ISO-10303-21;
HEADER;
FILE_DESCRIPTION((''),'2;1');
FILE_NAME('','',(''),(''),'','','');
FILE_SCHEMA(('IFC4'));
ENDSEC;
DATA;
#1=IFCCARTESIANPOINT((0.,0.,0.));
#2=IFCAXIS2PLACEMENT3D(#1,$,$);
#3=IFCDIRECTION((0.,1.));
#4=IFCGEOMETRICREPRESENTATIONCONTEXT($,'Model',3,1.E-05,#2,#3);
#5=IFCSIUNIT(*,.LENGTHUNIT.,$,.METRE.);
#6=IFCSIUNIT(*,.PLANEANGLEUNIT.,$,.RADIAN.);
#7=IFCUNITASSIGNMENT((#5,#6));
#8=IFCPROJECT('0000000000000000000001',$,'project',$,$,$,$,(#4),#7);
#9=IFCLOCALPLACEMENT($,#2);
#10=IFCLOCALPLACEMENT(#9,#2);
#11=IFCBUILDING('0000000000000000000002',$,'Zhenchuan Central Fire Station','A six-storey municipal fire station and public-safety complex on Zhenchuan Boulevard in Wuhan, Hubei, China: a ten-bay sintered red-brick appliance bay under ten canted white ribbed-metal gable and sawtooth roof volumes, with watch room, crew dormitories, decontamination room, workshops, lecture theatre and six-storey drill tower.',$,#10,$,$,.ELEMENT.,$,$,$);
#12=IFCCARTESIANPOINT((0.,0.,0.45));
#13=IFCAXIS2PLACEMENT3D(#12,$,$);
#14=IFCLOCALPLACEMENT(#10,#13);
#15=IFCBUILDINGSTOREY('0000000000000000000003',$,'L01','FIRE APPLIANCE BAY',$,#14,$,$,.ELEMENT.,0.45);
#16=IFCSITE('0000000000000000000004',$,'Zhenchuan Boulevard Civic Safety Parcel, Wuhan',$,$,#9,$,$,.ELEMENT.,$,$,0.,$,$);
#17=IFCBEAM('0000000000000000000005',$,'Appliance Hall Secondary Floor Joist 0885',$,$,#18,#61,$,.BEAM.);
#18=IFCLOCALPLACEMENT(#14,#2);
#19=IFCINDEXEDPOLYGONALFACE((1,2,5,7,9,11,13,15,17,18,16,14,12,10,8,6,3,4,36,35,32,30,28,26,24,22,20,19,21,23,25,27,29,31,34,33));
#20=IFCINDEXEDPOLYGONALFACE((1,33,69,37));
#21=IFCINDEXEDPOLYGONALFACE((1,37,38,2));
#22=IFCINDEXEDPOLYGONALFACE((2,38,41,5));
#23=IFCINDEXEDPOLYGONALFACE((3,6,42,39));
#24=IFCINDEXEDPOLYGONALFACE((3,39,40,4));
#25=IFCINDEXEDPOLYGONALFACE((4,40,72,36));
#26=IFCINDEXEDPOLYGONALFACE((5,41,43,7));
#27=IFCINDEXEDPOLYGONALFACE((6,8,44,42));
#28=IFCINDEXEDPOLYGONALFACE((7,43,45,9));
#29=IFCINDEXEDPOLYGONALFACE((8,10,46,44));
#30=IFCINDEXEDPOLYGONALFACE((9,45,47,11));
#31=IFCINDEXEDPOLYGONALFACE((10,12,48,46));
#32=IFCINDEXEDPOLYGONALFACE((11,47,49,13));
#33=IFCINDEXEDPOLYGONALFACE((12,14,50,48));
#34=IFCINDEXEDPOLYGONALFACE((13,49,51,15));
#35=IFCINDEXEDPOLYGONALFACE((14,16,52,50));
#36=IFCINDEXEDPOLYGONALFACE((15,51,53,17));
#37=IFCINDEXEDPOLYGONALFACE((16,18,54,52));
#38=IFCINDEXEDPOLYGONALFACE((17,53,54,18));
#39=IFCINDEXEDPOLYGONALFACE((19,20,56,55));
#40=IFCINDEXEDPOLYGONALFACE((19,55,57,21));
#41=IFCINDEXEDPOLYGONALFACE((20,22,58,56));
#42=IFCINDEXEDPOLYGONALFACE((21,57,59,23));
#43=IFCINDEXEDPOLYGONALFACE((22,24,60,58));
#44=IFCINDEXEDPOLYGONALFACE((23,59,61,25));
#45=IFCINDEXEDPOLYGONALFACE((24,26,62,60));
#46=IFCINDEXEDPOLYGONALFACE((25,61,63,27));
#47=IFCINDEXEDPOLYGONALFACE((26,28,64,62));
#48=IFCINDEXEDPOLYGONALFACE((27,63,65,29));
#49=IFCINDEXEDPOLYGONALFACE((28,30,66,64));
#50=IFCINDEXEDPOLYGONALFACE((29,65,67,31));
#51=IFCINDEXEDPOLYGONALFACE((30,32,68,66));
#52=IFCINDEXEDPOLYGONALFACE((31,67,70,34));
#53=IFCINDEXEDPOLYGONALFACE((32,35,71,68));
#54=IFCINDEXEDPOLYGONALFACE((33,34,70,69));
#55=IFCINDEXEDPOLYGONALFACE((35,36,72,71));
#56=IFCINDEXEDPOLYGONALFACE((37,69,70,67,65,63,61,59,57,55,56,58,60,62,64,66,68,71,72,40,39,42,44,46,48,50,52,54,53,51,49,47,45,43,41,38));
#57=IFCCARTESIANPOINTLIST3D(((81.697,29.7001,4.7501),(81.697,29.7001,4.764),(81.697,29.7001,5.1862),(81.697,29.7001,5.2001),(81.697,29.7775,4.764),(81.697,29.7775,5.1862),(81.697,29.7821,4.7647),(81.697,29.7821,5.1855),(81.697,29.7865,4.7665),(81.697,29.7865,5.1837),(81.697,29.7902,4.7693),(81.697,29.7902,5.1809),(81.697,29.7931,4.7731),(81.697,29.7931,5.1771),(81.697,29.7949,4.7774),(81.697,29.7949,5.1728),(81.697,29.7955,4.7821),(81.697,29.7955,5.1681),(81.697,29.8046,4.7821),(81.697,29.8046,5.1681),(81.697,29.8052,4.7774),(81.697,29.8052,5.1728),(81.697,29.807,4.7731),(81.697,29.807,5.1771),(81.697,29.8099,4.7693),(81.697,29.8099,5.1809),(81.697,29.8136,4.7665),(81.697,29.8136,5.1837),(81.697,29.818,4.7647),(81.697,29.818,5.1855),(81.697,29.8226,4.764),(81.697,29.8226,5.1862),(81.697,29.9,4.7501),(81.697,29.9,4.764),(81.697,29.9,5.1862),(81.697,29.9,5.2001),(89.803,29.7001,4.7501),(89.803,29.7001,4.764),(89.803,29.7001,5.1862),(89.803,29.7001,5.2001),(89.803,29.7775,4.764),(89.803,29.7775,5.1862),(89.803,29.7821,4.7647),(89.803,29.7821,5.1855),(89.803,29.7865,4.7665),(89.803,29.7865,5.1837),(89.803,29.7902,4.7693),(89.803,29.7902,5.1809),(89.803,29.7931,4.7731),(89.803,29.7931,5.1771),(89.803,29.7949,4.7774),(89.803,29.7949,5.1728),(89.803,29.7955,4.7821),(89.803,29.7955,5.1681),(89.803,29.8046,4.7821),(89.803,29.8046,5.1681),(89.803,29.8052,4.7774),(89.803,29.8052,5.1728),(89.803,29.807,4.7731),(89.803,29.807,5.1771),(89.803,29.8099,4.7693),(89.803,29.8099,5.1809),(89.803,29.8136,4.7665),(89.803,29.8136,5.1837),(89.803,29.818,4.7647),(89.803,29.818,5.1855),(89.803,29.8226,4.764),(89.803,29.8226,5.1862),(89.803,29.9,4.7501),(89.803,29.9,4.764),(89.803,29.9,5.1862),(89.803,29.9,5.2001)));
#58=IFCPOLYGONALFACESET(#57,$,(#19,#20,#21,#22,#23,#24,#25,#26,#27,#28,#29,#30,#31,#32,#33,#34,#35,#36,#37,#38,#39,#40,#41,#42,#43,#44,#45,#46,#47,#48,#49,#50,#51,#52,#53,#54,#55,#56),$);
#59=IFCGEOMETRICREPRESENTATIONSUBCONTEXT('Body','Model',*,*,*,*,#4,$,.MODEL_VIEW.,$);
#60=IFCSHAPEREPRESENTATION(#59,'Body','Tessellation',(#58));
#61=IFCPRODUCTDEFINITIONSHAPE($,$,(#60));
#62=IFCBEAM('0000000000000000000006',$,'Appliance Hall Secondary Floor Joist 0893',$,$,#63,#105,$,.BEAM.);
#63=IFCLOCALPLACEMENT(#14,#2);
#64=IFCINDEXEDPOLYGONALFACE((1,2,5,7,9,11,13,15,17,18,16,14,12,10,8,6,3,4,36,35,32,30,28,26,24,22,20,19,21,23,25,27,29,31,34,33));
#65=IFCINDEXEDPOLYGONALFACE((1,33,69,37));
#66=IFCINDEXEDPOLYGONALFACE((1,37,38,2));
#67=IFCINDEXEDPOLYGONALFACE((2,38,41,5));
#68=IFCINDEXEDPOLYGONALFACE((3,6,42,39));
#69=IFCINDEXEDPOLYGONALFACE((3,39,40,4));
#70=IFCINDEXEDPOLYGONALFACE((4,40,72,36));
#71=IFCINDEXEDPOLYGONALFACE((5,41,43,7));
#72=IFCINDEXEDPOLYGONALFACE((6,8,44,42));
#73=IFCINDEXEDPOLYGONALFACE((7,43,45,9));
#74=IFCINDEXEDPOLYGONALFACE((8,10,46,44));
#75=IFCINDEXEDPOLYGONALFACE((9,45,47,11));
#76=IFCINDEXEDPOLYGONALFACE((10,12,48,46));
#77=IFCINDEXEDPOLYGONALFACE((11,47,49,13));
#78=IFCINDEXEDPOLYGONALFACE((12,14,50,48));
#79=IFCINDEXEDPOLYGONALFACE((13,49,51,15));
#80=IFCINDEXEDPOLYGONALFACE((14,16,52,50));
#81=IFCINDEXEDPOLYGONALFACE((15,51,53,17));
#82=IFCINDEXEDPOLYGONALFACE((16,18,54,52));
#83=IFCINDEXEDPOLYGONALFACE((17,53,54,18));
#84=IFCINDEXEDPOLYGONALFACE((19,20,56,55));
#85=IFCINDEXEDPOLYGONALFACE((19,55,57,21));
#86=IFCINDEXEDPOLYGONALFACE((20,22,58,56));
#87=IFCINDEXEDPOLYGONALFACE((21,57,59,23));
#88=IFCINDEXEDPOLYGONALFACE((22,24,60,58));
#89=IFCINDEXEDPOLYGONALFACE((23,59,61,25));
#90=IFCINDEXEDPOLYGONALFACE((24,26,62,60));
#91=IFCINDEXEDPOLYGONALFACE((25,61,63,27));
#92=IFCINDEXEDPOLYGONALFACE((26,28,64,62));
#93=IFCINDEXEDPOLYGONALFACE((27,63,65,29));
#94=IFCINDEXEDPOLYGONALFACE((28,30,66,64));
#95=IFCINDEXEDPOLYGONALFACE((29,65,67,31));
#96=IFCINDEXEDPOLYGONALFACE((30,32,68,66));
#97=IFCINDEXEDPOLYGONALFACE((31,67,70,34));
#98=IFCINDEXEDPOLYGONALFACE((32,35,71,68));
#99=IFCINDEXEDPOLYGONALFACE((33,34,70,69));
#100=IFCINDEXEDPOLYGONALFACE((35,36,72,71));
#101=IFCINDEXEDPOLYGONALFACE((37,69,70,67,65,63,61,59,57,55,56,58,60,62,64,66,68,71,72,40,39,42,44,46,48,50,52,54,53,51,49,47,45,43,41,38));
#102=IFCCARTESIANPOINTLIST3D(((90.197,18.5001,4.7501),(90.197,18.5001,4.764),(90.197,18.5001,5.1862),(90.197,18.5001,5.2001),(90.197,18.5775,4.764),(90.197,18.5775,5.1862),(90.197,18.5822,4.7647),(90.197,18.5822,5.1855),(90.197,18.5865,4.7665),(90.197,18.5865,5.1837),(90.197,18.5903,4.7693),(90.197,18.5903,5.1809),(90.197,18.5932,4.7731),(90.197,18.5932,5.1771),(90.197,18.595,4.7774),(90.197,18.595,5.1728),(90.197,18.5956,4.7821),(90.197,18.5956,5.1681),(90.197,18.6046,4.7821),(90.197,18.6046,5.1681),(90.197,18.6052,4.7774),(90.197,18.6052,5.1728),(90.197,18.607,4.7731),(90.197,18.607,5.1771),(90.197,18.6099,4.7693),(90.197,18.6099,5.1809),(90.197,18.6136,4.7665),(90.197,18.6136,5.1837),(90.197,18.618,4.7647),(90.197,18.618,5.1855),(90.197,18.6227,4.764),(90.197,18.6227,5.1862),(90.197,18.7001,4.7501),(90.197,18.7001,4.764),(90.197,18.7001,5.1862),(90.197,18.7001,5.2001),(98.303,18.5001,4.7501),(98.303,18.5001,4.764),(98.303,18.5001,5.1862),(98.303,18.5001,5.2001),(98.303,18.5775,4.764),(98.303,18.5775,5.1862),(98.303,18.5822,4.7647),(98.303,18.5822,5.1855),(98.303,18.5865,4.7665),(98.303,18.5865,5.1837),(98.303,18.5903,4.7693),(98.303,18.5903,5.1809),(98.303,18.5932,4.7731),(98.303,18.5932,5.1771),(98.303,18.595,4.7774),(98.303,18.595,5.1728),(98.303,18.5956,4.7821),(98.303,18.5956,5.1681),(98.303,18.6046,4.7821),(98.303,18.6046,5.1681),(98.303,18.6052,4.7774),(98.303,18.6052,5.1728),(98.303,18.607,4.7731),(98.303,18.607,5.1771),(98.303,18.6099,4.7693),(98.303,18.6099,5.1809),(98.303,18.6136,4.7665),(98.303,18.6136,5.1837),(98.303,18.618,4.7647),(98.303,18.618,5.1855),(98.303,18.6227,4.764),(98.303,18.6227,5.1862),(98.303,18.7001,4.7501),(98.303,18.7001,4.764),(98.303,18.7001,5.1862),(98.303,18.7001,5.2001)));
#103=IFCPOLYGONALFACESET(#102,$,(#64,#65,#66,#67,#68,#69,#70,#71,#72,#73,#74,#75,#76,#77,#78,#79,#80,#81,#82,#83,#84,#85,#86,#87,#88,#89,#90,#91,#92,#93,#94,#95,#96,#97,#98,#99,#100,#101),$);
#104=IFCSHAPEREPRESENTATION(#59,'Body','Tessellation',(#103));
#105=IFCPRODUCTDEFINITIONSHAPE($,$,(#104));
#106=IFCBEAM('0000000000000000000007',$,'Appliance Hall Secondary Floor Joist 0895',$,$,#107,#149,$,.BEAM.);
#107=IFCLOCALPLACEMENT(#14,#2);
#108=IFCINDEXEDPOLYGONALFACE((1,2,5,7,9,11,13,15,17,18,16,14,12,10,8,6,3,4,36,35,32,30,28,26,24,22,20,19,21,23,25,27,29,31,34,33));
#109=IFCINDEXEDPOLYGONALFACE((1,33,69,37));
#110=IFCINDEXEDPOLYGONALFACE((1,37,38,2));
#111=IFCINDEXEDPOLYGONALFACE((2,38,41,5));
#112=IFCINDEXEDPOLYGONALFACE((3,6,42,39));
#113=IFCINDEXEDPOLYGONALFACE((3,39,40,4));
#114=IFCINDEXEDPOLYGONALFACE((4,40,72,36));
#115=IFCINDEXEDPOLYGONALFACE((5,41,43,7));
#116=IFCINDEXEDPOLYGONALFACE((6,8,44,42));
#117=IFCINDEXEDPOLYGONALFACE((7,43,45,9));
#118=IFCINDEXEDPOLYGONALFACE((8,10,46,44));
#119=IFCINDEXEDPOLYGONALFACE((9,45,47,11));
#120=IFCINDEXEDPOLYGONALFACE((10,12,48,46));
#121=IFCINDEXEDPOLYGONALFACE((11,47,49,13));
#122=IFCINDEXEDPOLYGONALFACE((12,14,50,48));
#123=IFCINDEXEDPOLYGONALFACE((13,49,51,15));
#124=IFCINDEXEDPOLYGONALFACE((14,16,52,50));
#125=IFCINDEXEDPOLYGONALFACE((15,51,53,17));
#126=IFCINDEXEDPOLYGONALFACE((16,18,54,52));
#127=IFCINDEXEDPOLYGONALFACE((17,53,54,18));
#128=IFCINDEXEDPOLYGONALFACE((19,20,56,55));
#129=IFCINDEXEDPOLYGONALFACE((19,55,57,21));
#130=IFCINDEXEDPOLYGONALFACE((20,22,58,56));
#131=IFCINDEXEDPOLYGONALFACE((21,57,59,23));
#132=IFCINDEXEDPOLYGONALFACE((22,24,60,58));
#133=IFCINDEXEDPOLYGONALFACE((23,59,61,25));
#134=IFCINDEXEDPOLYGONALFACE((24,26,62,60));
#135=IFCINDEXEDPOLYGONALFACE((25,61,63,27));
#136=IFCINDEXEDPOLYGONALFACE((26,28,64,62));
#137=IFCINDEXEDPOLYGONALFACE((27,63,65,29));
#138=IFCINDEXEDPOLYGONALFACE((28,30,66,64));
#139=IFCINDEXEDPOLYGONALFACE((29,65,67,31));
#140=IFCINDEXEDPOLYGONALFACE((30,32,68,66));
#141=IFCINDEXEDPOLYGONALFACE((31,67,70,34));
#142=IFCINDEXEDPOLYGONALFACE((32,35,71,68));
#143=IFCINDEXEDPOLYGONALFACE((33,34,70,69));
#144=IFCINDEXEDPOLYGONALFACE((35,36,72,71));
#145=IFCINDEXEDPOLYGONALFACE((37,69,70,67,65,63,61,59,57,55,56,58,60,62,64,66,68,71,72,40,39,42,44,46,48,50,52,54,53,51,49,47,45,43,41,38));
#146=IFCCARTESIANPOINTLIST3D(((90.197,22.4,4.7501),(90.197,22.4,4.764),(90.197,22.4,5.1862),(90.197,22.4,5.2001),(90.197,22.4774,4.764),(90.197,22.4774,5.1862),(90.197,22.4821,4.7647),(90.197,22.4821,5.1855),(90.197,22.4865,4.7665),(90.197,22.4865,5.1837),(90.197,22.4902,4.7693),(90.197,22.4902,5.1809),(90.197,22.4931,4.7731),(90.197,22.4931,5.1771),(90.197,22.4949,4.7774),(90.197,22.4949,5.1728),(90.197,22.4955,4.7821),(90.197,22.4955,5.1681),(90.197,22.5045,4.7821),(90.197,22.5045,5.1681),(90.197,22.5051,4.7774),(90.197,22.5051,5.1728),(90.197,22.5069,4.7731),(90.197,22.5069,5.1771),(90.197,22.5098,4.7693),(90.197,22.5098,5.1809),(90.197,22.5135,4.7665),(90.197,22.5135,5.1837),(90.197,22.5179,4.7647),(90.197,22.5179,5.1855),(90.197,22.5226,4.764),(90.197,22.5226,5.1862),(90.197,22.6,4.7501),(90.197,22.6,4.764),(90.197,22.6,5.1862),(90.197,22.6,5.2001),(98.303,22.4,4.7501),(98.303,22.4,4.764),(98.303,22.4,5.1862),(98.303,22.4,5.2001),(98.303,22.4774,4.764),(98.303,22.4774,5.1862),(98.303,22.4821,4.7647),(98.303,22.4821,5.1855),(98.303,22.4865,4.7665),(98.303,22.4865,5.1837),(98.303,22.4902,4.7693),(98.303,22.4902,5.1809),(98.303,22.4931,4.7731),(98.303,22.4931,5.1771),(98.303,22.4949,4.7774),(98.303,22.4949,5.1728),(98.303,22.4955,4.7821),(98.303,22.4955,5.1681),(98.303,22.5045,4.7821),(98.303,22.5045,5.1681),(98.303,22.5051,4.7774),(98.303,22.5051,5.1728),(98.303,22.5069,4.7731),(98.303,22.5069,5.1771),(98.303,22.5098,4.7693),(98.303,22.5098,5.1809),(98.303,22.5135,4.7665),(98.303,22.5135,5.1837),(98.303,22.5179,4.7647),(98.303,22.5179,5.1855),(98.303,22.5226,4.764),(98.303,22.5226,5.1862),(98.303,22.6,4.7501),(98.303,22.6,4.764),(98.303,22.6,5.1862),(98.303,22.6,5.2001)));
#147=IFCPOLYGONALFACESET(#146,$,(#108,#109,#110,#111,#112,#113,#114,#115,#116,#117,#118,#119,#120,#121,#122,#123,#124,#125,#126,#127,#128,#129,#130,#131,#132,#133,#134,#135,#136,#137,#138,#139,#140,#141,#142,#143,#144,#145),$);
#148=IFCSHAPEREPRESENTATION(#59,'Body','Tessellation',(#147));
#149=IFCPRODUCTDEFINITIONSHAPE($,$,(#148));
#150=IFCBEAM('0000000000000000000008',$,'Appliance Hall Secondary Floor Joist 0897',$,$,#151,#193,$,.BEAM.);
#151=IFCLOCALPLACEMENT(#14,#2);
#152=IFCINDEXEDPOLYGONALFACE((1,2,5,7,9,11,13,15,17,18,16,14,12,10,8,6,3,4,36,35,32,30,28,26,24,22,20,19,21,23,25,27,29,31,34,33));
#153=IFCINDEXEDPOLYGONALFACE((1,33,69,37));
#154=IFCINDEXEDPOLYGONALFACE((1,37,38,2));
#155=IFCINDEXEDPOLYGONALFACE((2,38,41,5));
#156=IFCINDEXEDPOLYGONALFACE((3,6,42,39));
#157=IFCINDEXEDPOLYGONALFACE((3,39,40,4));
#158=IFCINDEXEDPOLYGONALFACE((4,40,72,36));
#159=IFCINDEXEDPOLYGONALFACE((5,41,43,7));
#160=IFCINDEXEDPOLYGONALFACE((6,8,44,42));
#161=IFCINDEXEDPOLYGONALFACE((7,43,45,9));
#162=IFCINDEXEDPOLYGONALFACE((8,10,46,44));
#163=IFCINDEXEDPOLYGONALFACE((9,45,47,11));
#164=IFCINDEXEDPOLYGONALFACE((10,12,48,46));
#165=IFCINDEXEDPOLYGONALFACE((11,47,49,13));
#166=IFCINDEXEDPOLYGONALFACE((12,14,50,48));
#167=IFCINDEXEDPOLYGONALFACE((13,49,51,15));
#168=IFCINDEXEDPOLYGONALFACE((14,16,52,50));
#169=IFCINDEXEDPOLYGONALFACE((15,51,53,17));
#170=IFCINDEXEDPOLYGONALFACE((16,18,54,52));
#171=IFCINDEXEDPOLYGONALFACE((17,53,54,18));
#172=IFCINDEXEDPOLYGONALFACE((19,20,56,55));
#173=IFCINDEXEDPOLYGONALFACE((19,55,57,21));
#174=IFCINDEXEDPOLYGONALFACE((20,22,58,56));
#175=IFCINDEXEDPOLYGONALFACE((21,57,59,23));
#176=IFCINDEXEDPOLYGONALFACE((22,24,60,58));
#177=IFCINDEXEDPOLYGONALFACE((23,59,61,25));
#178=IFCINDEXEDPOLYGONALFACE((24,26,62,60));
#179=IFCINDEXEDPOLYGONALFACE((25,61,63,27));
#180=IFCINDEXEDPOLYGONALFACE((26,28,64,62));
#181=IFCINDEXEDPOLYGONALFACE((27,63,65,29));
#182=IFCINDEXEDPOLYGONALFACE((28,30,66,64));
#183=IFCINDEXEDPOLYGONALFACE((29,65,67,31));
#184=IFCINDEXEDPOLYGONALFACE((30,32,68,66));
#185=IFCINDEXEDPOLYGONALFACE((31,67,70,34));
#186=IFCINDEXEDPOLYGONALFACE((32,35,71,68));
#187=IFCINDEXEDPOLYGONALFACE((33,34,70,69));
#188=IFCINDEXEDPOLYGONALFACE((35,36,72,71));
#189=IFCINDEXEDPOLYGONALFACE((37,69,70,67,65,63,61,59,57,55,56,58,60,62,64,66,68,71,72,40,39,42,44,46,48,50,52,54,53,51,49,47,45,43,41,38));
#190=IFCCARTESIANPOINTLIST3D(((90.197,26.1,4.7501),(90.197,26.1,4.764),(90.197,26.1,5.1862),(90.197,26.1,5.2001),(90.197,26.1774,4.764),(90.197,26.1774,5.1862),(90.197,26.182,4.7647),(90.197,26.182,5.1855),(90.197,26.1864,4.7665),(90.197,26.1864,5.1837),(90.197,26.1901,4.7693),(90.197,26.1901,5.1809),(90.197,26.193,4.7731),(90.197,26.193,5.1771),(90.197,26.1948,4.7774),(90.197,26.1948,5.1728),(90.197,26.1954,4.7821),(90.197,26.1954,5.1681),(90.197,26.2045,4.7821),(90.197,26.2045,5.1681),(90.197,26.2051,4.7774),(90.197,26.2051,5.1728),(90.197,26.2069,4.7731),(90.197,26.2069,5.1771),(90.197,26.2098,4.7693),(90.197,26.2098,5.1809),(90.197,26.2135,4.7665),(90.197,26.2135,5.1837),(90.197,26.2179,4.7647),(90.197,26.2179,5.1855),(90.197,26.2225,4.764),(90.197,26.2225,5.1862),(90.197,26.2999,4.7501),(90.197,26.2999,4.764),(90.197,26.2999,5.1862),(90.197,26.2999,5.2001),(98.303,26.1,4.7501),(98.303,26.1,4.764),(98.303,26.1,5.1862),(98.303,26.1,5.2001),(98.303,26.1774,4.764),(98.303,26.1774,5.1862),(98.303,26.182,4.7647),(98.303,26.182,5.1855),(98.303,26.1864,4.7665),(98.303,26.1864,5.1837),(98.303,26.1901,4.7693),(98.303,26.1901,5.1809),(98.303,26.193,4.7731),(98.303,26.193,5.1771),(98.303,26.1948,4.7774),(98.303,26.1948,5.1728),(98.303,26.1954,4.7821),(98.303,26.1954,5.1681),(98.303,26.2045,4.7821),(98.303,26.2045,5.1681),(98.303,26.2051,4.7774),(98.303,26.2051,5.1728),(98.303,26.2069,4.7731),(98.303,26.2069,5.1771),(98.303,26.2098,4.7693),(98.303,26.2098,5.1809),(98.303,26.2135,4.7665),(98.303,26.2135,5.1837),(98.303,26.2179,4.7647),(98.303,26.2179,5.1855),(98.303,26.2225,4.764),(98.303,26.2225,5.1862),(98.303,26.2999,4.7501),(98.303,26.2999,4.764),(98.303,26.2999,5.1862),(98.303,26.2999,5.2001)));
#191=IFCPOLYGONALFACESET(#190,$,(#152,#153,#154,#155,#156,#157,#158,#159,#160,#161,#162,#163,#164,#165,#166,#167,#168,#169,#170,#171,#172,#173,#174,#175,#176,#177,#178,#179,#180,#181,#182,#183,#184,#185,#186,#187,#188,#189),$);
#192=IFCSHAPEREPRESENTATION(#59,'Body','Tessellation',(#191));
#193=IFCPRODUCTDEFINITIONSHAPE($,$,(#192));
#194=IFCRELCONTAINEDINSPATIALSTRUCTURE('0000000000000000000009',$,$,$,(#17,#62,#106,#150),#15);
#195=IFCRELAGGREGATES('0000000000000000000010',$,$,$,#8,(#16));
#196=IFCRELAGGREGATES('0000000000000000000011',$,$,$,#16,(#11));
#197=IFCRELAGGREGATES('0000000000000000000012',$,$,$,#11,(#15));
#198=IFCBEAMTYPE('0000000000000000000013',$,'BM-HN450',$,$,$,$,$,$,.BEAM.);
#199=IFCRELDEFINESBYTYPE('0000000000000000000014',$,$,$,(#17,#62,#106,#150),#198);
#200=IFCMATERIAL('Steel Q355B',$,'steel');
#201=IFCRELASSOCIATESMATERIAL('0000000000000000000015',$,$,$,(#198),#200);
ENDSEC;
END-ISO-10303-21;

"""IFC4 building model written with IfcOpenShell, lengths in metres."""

from ifc_helpers import new_model, si_unit, direction, frame, origin, origin_2d, place, context, subcontext, project, spatial, i_section, extrude, material, material_profile, profile_set, type_object, element, save


model = new_model("IFC4")

# Units and contexts
model_context = context("Model", 3, precision=1e-05, world=origin(), true_north=direction((0.0, 1.0)))
body_context = subcontext(model_context, "Body", "Model", "MODEL_VIEW")
ifc_project = project(units=[si_unit("LENGTHUNIT", "METRE"), si_unit("PLANEANGLEUNIT", "RADIAN")], contexts=[model_context])

# Site, building, storey
site_placement = place(None, origin())
site = spatial("IfcSite", under=ifc_project, at=site_placement, Name="Zhenchuan Boulevard Civic Safety Parcel, Wuhan", CompositionType="ELEMENT", RefElevation=0.0)
building_placement = place(site_placement, origin())
building = spatial("IfcBuilding", under=site, at=building_placement, Name="Zhenchuan Central Fire Station", Description="A six-storey municipal fire station and public-safety complex on Zhenchuan Boulevard in Wuhan, Hubei, China: a ten-bay sintered red-brick appliance bay under ten canted white ribbed-metal gable and sawtooth roof volumes, with watch room, crew dormitories, decontamination room, workshops, lecture theatre and six-storey drill tower.", CompositionType="ELEMENT")
storey_placement = place(building_placement, frame((0.0, 0.0, 0.45)))
storey = spatial("IfcBuildingStorey", under=building, at=storey_placement, Name="L01", Description="FIRE APPLIANCE BAY", CompositionType="ELEMENT", Elevation=0.45)

# Beams
ifc_material = material(Name="Steel Q355B", Category="steel")
ifc_material_profile_1 = material_profile(ifc_material, i_section(OverallWidth=0.2, OverallDepth=0.45, WebThickness=0.009, FlangeThickness=0.0139, FilletRadius=0.0181, at=origin_2d()), Name="HN 450x200")
ifc_profile_set_1 = profile_set([ifc_material_profile_1], Name="Steel Q355B")
beam_type_1 = type_object("IfcBeamType", Name="BM-HN450", PredefinedType="BEAM", material=ifc_profile_set_1)
for number, where, z_axis, x_axis, name in (
    (1, (81.697, 29.8, 4.9751), (1.0, 0.0, 0.0), (0.0, 1.0, 0.0), "Appliance Hall Secondary Floor Joist 0885"),
    (2, (90.197, 18.6001, 4.9751), (1.0, 0.0, 0.0), (0.0, 1.0, 0.0), "Appliance Hall Secondary Floor Joist 0893"),
    (3, (90.197, 22.5, 4.9751), (1.0, 0.0, 0.0), (0.0, 1.0, 0.0), "Appliance Hall Secondary Floor Joist 0895"),
    (4, (90.197, 26.2, 4.9751), (1.0, 0.0, 0.0), (0.0, 1.0, 0.0), "Appliance Hall Secondary Floor Joist 0897"),
):
    element("IfcBeam", number, at=place(storey_placement, frame(where, z_axis=z_axis, x_axis=x_axis)), inside=storey, type_object=beam_type_1, Name=name, PredefinedType="BEAM", context=body_context, shape_type="SweptSolid", body=[
        extrude(i_section(OverallWidth=0.2, OverallDepth=0.45, WebThickness=0.009, FlangeThickness=0.0139, FilletRadius=0.0181, at=origin_2d()), origin(), (0.0, 0.0, 1.0), 8.106),
    ])

save(model, "model.ifc")
